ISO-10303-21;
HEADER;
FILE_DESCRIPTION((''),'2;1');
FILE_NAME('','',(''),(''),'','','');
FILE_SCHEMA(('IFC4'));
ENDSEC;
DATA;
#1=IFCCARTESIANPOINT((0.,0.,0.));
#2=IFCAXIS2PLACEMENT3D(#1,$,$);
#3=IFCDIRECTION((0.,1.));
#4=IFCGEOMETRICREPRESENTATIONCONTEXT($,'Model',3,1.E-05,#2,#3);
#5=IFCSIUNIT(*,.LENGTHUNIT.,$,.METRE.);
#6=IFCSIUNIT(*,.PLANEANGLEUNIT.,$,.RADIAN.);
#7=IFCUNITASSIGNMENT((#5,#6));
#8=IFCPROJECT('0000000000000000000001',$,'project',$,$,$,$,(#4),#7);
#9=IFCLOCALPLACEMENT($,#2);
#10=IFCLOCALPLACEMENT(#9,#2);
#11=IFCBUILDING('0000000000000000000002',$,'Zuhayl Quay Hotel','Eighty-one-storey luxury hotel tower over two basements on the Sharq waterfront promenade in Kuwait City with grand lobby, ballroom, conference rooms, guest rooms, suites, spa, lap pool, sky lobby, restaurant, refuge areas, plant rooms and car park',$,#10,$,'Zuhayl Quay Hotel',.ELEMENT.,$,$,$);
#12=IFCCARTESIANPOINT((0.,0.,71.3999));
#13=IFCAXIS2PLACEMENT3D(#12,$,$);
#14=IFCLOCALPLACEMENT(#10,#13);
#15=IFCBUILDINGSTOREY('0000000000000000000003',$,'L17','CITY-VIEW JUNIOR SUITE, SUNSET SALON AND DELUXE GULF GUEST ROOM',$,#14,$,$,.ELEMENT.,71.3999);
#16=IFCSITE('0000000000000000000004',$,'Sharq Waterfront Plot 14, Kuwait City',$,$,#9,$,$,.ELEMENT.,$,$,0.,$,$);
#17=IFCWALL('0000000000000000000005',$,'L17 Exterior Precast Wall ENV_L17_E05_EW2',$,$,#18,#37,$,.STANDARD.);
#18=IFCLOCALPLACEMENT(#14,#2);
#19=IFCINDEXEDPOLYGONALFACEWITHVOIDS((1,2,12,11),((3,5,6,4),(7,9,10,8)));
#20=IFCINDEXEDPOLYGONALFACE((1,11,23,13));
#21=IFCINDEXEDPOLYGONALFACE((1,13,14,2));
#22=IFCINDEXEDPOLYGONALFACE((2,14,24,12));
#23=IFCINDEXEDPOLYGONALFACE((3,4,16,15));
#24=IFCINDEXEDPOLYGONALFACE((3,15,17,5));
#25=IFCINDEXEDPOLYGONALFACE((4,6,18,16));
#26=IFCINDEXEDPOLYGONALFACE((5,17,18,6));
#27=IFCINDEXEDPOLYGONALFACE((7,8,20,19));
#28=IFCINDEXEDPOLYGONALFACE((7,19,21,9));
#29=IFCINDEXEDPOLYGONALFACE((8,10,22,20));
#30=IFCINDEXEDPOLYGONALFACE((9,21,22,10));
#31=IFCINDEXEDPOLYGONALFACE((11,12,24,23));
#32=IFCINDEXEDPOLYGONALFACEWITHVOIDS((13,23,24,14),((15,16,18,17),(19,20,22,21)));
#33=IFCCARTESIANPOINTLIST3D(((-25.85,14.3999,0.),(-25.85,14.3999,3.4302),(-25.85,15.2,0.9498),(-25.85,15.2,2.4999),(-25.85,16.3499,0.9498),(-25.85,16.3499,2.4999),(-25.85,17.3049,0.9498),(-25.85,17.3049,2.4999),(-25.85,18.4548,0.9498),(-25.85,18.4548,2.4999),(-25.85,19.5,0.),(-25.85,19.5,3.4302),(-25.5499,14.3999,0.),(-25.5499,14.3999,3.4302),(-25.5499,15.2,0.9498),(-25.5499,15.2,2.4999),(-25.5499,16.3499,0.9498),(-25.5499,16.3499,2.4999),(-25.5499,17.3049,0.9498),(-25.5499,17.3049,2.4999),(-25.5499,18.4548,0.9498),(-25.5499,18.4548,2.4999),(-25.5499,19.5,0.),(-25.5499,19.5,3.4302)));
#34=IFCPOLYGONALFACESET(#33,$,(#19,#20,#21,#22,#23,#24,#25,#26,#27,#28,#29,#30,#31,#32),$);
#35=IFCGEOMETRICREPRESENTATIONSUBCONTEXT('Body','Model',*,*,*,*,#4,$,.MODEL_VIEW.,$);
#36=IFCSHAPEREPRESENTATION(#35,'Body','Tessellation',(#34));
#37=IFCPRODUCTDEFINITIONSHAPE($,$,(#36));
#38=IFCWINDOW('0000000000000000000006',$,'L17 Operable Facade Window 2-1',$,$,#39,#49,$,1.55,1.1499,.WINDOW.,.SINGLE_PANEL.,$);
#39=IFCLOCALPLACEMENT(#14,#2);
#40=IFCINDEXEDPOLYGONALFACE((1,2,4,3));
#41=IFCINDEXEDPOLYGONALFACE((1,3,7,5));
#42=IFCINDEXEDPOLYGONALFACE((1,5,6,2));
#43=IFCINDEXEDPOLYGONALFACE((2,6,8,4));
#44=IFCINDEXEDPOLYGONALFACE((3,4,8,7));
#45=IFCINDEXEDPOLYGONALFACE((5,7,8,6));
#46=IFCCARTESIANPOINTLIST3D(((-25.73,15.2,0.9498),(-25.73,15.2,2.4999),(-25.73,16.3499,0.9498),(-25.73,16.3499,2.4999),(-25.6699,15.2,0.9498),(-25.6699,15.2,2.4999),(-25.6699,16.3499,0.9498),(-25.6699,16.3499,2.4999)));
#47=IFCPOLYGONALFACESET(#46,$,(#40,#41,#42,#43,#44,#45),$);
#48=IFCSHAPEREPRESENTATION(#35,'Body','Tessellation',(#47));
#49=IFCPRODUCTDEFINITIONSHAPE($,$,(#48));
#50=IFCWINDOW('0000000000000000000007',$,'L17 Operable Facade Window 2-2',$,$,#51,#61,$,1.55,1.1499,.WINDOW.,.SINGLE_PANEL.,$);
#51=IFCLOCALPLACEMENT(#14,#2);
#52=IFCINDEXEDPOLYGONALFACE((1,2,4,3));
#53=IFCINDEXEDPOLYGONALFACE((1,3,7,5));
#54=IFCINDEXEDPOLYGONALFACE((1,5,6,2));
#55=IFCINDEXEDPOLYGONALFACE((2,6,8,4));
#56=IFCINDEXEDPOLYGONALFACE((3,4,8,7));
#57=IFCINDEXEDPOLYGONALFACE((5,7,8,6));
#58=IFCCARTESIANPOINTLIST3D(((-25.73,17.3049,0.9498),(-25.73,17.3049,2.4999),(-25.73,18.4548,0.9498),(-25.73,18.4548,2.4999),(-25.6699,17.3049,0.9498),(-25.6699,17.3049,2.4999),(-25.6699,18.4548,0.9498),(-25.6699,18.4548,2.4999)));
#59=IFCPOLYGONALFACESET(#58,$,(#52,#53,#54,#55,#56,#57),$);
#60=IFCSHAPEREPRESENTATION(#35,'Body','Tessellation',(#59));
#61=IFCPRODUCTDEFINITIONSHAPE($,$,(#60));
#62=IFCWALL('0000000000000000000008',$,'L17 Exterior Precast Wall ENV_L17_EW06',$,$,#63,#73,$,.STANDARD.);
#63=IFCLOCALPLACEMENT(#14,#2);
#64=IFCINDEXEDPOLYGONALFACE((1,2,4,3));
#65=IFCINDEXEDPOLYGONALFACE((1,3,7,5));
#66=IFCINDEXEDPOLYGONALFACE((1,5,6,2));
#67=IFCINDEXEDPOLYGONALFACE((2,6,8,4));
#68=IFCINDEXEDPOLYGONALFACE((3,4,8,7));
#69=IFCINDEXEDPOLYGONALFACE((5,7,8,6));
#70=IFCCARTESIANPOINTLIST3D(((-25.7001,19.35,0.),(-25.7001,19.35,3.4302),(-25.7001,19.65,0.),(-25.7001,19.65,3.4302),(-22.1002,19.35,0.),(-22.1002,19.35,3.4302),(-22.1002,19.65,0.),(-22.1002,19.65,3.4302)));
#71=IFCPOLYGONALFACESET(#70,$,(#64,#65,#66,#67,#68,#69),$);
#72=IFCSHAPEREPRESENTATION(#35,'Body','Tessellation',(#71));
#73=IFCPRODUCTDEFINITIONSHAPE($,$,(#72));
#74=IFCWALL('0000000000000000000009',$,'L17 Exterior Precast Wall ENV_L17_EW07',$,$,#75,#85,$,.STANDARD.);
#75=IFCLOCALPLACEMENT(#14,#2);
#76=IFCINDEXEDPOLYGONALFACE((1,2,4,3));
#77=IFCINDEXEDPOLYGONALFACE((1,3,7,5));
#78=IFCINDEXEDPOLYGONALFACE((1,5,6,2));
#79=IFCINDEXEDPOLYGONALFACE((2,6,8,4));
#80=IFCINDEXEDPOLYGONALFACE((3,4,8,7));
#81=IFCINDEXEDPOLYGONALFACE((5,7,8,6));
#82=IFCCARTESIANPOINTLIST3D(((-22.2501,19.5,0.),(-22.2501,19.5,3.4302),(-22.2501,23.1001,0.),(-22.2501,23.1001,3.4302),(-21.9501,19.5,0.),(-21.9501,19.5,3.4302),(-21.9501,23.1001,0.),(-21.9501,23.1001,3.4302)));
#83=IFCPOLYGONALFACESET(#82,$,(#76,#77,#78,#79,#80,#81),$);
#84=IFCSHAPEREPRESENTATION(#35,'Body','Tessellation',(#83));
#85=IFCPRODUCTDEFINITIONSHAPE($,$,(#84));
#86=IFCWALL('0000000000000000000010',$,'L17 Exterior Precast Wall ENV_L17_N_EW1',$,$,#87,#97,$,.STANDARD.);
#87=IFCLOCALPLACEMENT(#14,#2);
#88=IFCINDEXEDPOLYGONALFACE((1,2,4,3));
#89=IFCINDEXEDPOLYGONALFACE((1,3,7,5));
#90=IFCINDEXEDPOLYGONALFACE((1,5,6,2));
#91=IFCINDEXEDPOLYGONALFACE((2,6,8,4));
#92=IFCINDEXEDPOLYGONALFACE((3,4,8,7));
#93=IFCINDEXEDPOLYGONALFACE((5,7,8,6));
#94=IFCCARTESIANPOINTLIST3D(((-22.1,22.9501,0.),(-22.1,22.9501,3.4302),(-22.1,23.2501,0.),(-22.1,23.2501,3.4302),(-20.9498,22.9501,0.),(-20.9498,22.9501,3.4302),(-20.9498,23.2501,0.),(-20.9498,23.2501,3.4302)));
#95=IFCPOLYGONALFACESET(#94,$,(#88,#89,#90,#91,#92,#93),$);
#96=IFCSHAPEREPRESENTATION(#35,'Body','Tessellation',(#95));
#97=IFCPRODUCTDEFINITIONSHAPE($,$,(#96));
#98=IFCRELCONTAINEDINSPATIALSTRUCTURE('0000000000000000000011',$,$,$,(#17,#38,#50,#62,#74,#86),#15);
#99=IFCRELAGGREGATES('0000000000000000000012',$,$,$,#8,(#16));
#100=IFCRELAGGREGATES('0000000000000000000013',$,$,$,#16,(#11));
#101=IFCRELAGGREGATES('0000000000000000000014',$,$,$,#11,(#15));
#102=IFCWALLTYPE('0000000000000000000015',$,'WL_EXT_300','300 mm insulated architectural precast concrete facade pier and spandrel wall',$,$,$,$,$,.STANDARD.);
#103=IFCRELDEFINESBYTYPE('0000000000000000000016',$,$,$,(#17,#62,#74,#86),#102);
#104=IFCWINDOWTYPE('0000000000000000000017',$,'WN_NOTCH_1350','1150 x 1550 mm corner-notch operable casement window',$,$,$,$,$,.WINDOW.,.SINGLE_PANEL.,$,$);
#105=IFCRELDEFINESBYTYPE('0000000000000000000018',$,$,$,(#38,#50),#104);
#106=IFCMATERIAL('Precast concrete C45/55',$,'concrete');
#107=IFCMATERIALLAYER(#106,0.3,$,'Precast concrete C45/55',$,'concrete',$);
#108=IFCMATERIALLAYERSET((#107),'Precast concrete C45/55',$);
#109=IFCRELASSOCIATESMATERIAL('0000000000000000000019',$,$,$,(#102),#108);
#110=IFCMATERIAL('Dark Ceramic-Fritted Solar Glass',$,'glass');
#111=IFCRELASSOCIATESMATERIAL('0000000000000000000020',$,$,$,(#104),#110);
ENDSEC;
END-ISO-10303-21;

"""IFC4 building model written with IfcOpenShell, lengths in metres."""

from ifc_helpers import new_model, si_unit, direction, frame, frame_2d, origin, place, context, subcontext, project, spatial, rectangle, extrude, material, layer, layer_set, type_object, element, fill, save


model = new_model("IFC4")

# Units and contexts
model_context = context("Model", 3, precision=1e-05, world=origin(), true_north=direction((0.0, 1.0)))
body_context = subcontext(model_context, "Body", "Model", "MODEL_VIEW")
ifc_project = project(units=[si_unit("LENGTHUNIT", "METRE"), si_unit("PLANEANGLEUNIT", "RADIAN")], contexts=[model_context])

# Site, building, storey
site_placement = place(None, origin())
site = spatial("IfcSite", under=ifc_project, at=site_placement, Name="Sharq Waterfront Plot 14, Kuwait City", CompositionType="ELEMENT", RefElevation=0.0)
building_placement = place(site_placement, origin())
building = spatial("IfcBuilding", under=site, at=building_placement, Name="Zuhayl Quay Hotel", Description="Eighty-one-storey luxury hotel tower over two basements on the Sharq waterfront promenade in Kuwait City with grand lobby, ballroom, conference rooms, guest rooms, suites, spa, lap pool, sky lobby, restaurant, refuge areas, plant rooms and car park", LongName="Zuhayl Quay Hotel", CompositionType="ELEMENT")
storey_placement = place(building_placement, frame((0.0, 0.0, 71.3999)))
storey = spatial("IfcBuildingStorey", under=building, at=storey_placement, Name="L17", Description="CITY-VIEW JUNIOR SUITE, SUNSET SALON AND DELUXE GULF GUEST ROOM", CompositionType="ELEMENT", Elevation=71.3999)

# Shared definitions
ifc_material_1 = material(Name="Dark Ceramic-Fritted Solar Glass", Category="glass")

# Wall, openings, windows
ifc_material_2 = material(Name="Precast concrete C45/55", Category="concrete")
ifc_layer_1 = layer(ifc_material_2, 0.3, Name="Precast concrete C45/55", Category="concrete")
ifc_layer_set_1 = layer_set([ifc_layer_1], Name="Precast concrete C45/55")
wall_type_1 = type_object("IfcWallType", Name="WL_EXT_300", Description="300 mm insulated architectural precast concrete facade pier and spandrel wall", PredefinedType="STANDARD", material=ifc_layer_set_1)
wall_1_placement = place(storey_placement, frame((-25.7, 14.3999, 0.0), z_axis=(0.0, 0.0, 1.0), x_axis=(0.0, 1.0, 0.0)))
wall_1 = element("IfcWall", 1, at=wall_1_placement, inside=storey, type_object=wall_type_1, Name="L17 Exterior Precast Wall ENV_L17_E05_EW2", PredefinedType="STANDARD", context=body_context, shape_type="SweptSolid", body=[
    extrude(rectangle(XDim=5.1001, YDim=0.3, at=frame_2d((2.55, 0.0))), origin(), (0.0, 0.0, 1.0), 3.4302),
])
opening_1_placement = place(wall_1_placement, frame((0.8, 0.0, 0.95)))
opening_1 = element("IfcOpeningElement", 2, at=opening_1_placement, cuts=wall_1, PredefinedType="OPENING", context=body_context, shape_type="SweptSolid", body=[
    extrude(rectangle(XDim=1.1499, YDim=1.55, at=frame_2d((0.575, 0.7749))), frame((0.0, 0.1599, 0.0), z_axis=(0.0, -1.0, 0.0), x_axis=(1.0, 0.0, 0.0)), (0.0, 0.0, 1.0), 0.3201),
])
opening_2_placement = place(wall_1_placement, frame((2.905, 0.0, 0.95)))
opening_2 = element("IfcOpeningElement", 3, at=opening_2_placement, cuts=wall_1, PredefinedType="OPENING", context=body_context, shape_type="SweptSolid", body=[
    extrude(rectangle(XDim=1.1499, YDim=1.55, at=frame_2d((0.575, 0.7749))), frame((0.0, 0.1599, 0.0), z_axis=(0.0, -1.0, 0.0), x_axis=(1.0, 0.0, 0.0)), (0.0, 0.0, 1.0), 0.3201),
])
window_type_1 = type_object("IfcWindowType", Name="WN_NOTCH_1350", Description="1150 x 1550 mm corner-notch operable casement window", PartitioningType="SINGLE_PANEL", PredefinedType="WINDOW", material=ifc_material_1)
window_1_placement = place(opening_1_placement, origin())
window_1 = element("IfcWindow", 4, at=window_1_placement, inside=storey, type_object=window_type_1, Name="L17 Operable Facade Window 2-1", OverallHeight=1.55, OverallWidth=1.1499, PartitioningType="SINGLE_PANEL", PredefinedType="WINDOW", context=body_context, shape_type="SweptSolid", body=[
    extrude(rectangle(XDim=1.1499, YDim=1.55, at=frame_2d((0.575, 0.7749))), frame((0.0, 0.03, 0.0), z_axis=(0.0, -1.0, 0.0), x_axis=(1.0, 0.0, 0.0)), (0.0, 0.0, 1.0), 0.0601),
])
fill(opening_1, window_1)
window_2_placement = place(opening_2_placement, origin())
window_2 = element("IfcWindow", 5, at=window_2_placement, inside=storey, type_object=window_type_1, Name="L17 Operable Facade Window 2-2", OverallHeight=1.55, OverallWidth=1.1499, PartitioningType="SINGLE_PANEL", PredefinedType="WINDOW", context=body_context, shape_type="SweptSolid", body=[
    extrude(rectangle(XDim=1.1499, YDim=1.55, at=frame_2d((0.575, 0.7749))), frame((0.0, 0.03, 0.0), z_axis=(0.0, -1.0, 0.0), x_axis=(1.0, 0.0, 0.0)), (0.0, 0.0, 1.0), 0.0601),
])
fill(opening_2, window_2)

# Walls
wall_2_placement = place(storey_placement, frame((-25.7, 19.5, 0.0), z_axis=(0.0, 0.0, 1.0), x_axis=(1.0, 0.0, 0.0)))
element("IfcWall", 6, at=wall_2_placement, inside=storey, type_object=wall_type_1, Name="L17 Exterior Precast Wall ENV_L17_EW06", PredefinedType="STANDARD", context=body_context, shape_type="SweptSolid", body=[
    extrude(rectangle(XDim=3.5999, YDim=0.3, at=frame_2d((1.7998, 0.0))), origin(), (0.0, 0.0, 1.0), 3.4302),
])
wall_3_placement = place(storey_placement, frame((-22.1001, 19.5, 0.0), z_axis=(0.0, 0.0, 1.0), x_axis=(0.0, 1.0, 0.0)))
element("IfcWall", 7, at=wall_3_placement, inside=storey, type_object=wall_type_1, Name="L17 Exterior Precast Wall ENV_L17_EW07", PredefinedType="STANDARD", context=body_context, shape_type="SweptSolid", body=[
    extrude(rectangle(XDim=3.6001, YDim=0.3, at=frame_2d((1.8, 0.0))), origin(), (0.0, 0.0, 1.0), 3.4302),
])
wall_4_placement = place(storey_placement, frame((-22.1001, 23.1001, 0.0), z_axis=(0.0, 0.0, 1.0), x_axis=(1.0, 0.0, 0.0)))
element("IfcWall", 8, at=wall_4_placement, inside=storey, type_object=wall_type_1, Name="L17 Exterior Precast Wall ENV_L17_N_EW1", PredefinedType="STANDARD", context=body_context, shape_type="SweptSolid", body=[
    extrude(rectangle(XDim=1.1501, YDim=0.3, at=frame_2d((0.5752, 0.0))), origin(), (0.0, 0.0, 1.0), 3.4302),
])

save(model, "model.ifc")
